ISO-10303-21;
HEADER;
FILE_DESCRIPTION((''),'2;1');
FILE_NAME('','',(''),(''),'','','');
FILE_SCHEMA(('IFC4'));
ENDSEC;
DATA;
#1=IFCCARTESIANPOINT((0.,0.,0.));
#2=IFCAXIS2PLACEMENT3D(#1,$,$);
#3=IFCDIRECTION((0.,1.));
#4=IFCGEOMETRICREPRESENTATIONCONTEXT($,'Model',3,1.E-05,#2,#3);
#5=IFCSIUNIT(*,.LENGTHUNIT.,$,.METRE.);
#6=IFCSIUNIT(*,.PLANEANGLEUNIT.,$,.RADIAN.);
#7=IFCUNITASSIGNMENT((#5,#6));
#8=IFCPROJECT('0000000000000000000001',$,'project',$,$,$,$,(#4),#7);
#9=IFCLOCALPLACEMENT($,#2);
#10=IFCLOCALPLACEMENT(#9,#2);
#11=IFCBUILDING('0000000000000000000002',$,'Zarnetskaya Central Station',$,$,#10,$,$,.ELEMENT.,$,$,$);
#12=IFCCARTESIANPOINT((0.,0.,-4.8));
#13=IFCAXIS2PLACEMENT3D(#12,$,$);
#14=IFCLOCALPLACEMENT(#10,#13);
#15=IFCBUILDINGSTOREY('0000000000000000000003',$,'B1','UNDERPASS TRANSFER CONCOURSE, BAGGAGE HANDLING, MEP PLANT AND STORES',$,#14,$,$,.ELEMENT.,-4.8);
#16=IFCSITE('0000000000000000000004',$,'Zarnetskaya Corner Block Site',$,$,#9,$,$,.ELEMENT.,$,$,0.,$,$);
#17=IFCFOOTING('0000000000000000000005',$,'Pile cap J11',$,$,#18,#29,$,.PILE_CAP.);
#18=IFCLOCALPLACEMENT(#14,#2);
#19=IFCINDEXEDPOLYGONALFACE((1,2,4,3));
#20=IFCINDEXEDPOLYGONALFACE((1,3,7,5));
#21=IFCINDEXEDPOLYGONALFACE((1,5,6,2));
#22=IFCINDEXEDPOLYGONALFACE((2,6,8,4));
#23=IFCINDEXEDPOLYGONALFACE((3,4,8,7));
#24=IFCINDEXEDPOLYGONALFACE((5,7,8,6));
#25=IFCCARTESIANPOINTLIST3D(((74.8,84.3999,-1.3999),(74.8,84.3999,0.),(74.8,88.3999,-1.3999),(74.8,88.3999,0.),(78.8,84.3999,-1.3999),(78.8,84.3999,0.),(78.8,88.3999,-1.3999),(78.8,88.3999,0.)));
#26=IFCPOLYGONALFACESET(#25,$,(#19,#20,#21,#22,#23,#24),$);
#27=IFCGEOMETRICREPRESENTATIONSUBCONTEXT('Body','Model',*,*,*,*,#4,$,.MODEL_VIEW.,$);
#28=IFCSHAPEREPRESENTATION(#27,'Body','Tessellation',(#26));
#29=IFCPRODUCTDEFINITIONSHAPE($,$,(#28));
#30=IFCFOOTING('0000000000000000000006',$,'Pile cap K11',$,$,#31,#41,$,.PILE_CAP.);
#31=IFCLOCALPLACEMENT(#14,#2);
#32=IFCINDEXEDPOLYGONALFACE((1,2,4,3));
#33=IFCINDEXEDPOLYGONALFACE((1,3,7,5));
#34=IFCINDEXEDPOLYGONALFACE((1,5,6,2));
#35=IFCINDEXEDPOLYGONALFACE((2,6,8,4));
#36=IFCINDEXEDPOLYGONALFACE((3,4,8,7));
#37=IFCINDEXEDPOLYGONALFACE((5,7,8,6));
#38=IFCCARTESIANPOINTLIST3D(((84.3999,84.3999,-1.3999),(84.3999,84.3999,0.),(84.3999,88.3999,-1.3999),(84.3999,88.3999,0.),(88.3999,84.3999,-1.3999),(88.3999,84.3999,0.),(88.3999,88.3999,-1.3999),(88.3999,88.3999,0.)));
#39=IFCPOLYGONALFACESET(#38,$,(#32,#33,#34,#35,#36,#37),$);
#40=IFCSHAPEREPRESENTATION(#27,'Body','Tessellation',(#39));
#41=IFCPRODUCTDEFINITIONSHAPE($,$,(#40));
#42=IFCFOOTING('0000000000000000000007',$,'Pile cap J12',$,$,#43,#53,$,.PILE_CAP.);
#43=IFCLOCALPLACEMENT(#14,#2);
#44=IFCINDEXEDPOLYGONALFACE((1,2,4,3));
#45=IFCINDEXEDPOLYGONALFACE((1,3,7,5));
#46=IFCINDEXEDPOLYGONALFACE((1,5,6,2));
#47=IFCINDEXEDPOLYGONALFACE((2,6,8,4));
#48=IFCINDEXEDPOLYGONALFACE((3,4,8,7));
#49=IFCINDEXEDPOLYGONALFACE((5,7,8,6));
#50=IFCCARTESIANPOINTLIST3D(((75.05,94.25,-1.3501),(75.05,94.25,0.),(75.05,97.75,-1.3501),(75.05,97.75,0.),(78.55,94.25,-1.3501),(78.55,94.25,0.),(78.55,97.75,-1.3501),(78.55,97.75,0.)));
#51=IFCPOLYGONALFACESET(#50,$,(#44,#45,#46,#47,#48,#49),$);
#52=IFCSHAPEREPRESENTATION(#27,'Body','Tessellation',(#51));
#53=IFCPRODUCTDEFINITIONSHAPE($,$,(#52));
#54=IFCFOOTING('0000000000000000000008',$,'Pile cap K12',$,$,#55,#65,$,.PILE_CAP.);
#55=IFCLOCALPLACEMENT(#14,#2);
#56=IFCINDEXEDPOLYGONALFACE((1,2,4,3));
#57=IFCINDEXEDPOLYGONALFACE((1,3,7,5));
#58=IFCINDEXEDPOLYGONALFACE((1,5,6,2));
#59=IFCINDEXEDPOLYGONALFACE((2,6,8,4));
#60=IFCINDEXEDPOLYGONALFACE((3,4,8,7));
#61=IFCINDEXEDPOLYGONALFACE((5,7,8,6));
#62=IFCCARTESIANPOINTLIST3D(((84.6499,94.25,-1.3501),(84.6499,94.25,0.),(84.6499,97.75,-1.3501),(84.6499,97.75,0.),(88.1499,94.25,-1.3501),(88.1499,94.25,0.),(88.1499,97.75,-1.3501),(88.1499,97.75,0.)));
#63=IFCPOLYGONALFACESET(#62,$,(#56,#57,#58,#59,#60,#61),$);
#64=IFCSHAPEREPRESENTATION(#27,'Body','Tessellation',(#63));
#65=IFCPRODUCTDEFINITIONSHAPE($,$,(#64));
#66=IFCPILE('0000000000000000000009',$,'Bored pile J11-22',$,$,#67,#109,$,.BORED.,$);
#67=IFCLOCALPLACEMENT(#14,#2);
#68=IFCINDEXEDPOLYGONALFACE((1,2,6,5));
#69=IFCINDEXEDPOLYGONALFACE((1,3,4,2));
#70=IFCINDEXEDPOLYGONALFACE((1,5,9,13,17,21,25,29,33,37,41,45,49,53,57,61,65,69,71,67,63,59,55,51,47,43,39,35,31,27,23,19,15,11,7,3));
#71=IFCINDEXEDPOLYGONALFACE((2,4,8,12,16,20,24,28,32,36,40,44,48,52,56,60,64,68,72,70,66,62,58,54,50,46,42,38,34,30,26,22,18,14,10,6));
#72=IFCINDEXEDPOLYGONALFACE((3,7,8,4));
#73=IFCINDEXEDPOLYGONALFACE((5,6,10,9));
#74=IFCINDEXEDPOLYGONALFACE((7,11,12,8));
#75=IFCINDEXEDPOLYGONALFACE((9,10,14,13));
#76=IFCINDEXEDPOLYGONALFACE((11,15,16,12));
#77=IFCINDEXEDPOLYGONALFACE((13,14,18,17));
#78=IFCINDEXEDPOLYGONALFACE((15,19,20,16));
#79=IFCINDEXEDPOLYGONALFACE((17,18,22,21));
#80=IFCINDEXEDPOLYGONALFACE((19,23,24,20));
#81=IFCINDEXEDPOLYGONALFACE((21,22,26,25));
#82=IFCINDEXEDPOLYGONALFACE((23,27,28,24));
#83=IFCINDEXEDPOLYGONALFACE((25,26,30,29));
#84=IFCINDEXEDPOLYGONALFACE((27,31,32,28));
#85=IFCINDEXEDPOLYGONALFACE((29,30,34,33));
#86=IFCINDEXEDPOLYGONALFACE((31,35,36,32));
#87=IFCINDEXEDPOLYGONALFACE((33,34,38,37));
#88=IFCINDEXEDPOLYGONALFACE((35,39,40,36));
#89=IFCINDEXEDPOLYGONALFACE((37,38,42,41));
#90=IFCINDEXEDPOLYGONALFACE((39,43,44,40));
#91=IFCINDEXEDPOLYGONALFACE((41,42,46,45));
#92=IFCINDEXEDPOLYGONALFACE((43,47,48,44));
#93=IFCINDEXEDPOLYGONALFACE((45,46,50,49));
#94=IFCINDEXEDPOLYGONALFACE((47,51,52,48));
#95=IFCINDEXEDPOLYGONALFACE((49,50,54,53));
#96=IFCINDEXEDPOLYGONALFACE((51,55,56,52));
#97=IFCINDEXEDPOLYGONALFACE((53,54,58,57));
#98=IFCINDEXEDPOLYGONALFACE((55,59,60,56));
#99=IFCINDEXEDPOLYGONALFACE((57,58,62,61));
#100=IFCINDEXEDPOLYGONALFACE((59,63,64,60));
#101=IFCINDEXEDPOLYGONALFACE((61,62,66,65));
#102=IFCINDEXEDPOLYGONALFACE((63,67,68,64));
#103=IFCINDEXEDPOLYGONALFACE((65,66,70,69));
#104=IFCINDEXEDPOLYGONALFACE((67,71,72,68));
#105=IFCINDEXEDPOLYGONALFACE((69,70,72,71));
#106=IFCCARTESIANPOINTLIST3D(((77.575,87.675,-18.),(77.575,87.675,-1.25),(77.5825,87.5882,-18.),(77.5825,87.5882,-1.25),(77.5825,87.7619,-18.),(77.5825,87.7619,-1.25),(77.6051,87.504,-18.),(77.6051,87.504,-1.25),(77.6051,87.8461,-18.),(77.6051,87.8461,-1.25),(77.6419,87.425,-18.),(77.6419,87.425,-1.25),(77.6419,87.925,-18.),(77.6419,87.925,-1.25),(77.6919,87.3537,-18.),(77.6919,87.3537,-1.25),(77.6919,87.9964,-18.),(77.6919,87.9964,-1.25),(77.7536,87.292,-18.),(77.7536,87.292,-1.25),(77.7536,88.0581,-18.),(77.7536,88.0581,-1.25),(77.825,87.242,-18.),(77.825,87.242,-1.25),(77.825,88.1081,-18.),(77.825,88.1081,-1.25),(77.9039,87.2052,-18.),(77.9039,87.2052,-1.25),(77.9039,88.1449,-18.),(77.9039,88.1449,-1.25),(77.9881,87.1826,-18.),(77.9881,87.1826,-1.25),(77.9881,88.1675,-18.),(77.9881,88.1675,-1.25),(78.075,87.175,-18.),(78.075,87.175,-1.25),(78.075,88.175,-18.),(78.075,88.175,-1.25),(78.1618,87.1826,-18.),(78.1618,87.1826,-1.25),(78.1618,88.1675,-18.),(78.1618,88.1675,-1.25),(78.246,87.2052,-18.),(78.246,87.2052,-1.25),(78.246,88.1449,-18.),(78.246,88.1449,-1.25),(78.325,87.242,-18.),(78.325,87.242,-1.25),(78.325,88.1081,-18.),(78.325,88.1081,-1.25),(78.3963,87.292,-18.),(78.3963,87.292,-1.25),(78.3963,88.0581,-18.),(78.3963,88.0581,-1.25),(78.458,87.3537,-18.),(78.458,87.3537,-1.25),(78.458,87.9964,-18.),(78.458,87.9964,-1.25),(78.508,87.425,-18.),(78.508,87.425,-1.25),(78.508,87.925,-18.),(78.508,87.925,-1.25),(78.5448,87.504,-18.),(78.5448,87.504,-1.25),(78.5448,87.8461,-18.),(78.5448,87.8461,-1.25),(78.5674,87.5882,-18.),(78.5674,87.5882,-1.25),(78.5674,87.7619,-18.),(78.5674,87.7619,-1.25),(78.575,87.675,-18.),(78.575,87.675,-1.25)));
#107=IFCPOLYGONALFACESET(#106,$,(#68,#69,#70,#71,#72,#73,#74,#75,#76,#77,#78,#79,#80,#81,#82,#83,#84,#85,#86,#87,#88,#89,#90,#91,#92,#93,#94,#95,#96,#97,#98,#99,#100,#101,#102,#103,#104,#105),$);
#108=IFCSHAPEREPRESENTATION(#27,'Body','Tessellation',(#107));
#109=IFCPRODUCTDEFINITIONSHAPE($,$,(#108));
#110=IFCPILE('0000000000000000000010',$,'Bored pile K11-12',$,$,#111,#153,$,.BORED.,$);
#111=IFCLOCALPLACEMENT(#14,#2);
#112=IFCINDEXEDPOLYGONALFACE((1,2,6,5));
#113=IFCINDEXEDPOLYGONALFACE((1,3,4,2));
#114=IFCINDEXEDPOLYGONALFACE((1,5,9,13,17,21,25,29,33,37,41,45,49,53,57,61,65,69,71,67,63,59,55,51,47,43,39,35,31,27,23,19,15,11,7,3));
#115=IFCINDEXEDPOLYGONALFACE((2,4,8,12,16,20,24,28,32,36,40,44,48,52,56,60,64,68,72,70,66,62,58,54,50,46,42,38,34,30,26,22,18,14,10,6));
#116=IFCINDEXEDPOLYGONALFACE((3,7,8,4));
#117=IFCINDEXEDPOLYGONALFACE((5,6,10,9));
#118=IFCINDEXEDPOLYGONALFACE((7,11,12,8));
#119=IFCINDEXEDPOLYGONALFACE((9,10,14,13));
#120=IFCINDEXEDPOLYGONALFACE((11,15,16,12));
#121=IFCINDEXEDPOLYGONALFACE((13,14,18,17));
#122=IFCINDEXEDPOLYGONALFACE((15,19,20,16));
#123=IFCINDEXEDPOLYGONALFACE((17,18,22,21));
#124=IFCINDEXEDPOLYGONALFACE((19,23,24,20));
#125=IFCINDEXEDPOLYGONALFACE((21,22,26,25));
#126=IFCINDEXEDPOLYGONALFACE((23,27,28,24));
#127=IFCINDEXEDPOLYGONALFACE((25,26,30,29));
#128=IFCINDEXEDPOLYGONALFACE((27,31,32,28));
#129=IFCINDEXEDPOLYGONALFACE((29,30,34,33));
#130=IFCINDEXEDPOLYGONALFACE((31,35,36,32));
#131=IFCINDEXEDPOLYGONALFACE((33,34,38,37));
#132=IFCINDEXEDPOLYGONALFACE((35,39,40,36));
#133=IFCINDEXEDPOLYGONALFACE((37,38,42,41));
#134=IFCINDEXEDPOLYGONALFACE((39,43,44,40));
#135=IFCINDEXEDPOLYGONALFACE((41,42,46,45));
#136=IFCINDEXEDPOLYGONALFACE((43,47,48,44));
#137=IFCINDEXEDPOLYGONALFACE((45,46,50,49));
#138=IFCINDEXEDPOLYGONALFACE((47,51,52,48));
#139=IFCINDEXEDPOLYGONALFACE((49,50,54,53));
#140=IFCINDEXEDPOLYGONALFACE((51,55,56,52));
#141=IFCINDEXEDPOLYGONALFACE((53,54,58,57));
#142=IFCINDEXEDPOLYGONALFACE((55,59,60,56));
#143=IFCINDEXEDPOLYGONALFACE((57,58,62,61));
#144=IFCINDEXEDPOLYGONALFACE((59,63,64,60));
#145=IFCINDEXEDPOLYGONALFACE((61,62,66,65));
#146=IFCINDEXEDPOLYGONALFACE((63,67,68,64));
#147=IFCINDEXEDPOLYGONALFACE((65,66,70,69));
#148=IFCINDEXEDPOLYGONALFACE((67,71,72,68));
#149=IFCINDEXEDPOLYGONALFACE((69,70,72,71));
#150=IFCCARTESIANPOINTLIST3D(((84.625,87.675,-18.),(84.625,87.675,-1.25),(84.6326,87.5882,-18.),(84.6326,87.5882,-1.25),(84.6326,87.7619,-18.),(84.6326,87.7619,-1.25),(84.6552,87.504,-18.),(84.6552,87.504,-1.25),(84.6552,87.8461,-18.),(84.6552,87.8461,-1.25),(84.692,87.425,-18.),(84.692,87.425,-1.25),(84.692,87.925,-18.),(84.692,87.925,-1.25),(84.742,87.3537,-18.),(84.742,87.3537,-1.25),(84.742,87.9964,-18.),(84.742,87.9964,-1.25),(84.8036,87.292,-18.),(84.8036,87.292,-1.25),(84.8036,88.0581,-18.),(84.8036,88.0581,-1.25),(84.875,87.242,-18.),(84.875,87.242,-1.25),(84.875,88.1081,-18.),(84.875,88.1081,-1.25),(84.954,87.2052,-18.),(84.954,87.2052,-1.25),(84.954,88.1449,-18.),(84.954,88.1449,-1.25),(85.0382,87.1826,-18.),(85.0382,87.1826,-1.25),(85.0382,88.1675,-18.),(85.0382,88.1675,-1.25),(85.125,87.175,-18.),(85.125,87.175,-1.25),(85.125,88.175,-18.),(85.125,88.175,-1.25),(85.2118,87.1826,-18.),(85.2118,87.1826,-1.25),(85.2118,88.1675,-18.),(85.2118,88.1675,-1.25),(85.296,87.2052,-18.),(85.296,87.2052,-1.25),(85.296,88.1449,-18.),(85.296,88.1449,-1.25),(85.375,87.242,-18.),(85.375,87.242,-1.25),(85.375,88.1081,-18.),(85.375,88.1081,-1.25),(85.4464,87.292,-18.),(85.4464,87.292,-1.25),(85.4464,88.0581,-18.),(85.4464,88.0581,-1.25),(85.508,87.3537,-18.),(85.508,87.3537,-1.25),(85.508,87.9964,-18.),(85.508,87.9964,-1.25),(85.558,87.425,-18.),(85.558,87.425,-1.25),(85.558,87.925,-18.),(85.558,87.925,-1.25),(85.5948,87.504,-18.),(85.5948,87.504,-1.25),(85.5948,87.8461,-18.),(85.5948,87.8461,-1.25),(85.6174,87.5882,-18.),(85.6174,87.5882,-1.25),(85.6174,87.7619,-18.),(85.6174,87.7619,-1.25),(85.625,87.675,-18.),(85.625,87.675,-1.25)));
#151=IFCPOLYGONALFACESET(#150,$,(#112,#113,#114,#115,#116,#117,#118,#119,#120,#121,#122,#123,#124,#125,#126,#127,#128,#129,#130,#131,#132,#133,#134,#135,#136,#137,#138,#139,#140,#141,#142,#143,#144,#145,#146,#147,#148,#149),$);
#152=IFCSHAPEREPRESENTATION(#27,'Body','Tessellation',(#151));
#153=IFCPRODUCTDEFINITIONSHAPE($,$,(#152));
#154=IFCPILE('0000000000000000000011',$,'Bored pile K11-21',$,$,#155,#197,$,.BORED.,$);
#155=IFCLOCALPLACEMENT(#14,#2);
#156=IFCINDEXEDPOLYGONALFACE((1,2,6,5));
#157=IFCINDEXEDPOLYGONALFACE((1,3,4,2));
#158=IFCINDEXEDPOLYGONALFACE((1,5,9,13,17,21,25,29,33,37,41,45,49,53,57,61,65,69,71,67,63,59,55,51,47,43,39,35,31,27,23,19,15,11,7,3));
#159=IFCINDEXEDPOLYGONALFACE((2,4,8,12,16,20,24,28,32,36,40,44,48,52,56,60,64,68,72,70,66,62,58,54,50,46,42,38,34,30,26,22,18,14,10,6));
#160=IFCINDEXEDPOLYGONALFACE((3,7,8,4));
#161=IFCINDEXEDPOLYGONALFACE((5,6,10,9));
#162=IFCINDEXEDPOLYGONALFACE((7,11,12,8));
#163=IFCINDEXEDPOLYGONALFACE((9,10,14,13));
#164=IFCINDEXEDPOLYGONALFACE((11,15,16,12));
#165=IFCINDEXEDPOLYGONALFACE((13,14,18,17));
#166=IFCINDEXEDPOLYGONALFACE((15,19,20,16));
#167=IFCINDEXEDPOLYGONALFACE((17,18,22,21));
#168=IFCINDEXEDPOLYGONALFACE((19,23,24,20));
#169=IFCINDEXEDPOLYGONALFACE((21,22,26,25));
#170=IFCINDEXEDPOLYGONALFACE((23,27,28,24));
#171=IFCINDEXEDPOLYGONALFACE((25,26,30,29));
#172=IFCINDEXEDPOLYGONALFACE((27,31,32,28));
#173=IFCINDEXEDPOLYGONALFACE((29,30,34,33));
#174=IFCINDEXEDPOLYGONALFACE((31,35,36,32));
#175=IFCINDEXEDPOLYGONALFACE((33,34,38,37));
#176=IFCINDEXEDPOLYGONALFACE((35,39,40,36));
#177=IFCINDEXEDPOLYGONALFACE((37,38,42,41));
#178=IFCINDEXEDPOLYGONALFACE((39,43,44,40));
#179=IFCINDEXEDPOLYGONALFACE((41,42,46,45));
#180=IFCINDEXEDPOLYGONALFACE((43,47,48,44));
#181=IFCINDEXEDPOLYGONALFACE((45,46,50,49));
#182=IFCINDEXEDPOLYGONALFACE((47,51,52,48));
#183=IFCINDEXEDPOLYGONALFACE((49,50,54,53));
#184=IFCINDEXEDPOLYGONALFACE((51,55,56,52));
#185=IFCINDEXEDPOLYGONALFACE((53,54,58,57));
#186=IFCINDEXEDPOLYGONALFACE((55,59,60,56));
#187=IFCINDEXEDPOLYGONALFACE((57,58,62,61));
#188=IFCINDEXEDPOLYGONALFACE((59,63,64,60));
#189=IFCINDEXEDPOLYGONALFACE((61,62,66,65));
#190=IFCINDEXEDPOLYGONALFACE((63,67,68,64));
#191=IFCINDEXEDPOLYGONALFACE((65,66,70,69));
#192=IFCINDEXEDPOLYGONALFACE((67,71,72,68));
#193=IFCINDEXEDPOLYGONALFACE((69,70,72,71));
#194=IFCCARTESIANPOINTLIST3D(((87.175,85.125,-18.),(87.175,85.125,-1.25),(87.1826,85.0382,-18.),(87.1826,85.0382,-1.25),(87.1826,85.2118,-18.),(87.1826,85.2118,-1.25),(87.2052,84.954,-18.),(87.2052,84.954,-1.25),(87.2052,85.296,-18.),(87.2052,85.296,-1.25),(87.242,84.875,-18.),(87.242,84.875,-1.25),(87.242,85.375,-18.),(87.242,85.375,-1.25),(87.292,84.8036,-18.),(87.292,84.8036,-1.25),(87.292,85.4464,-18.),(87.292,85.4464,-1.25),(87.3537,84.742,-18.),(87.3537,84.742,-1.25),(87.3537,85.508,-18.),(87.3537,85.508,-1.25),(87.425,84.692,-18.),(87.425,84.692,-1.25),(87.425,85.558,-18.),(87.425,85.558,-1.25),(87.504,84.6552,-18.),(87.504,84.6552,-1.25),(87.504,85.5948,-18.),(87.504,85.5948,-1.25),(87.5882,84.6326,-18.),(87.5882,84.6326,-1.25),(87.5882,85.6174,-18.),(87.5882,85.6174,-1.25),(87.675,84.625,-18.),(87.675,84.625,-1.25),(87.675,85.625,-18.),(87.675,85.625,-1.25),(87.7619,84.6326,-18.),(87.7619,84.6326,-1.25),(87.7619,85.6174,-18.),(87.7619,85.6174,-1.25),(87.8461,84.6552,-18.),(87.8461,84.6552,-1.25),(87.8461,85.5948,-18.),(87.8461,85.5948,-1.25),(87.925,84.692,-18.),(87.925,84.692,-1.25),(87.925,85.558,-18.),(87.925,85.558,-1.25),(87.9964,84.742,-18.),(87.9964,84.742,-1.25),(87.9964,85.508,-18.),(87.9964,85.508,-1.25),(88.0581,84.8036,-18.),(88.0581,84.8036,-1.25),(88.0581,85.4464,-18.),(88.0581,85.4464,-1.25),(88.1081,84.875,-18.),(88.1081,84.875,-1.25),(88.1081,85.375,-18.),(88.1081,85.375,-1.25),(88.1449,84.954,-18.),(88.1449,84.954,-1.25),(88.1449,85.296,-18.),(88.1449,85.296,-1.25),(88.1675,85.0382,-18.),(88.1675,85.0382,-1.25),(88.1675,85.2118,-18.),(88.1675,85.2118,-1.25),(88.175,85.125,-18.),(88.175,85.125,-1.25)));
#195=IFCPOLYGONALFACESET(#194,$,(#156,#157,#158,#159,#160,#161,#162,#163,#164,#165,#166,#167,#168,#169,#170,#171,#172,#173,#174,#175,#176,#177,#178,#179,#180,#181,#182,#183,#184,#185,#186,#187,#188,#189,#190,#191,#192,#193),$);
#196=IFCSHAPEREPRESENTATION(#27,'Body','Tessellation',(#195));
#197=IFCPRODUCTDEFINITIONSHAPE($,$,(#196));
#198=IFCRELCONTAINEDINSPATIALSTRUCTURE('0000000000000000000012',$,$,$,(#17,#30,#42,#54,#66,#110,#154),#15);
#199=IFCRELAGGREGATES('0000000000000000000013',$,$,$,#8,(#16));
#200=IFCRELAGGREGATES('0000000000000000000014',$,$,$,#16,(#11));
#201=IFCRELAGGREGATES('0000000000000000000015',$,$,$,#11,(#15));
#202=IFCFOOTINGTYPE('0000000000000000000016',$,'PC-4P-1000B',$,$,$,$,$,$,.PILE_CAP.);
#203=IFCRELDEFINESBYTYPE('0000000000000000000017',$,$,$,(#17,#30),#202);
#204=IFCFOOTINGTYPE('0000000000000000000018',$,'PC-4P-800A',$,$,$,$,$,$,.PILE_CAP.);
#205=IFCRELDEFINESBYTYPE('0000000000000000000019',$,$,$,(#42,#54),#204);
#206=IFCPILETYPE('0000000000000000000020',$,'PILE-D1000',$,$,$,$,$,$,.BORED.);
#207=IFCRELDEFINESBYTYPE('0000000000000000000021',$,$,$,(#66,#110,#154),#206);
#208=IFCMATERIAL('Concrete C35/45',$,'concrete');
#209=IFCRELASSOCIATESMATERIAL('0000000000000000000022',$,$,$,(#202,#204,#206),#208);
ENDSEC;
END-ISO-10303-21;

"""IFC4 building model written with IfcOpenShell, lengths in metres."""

from ifc_helpers import new_model, si_unit, direction, frame, origin, origin_2d, place, context, subcontext, project, spatial, rectangle, circle, extrude, material, material_profile, profile_set, type_object, element, save


model = new_model("IFC4")

# Units and contexts
model_context = context("Model", 3, precision=1e-05, world=origin(), true_north=direction((0.0, 1.0)))
body_context = subcontext(model_context, "Body", "Model", "MODEL_VIEW")
ifc_project = project(units=[si_unit("LENGTHUNIT", "METRE"), si_unit("PLANEANGLEUNIT", "RADIAN")], contexts=[model_context])

# Site, building, storey
site_placement = place(None, origin())
site = spatial("IfcSite", under=ifc_project, at=site_placement, Name="Zarnetskaya Corner Block Site", CompositionType="ELEMENT", RefElevation=0.0)
building_placement = place(site_placement, origin())
building = spatial("IfcBuilding", under=site, at=building_placement, Name="Zarnetskaya Central Station", CompositionType="ELEMENT")
storey_placement = place(building_placement, frame((0.0, 0.0, -4.8)))
storey = spatial("IfcBuildingStorey", under=building, at=storey_placement, Name="B1", Description="UNDERPASS TRANSFER CONCOURSE, BAGGAGE HANDLING, MEP PLANT AND STORES", CompositionType="ELEMENT", Elevation=-4.8)

# Footings
ifc_material = material(Name="Concrete C35/45", Category="concrete")
footing_type_1 = type_object("IfcFootingType", Name="PC-4P-1000B", PredefinedType="PILE_CAP", material=ifc_material)
for number, where, z_axis, x_axis, name in (
    (1, (76.8, 86.3999, -1.3999), (0.0, 0.0, 1.0), (1.0, 0.0, 0.0), "Pile cap J11"),
    (2, (86.3999, 86.3999, -1.3999), (0.0, 0.0, 1.0), (1.0, 0.0, 0.0), "Pile cap K11"),
):
    element("IfcFooting", number, at=place(storey_placement, frame(where, z_axis=z_axis, x_axis=x_axis)), inside=storey, type_object=footing_type_1, Name=name, PredefinedType="PILE_CAP", context=body_context, shape_type="SweptSolid", body=[
        extrude(rectangle(XDim=4.0, YDim=4.0, at=origin_2d()), origin(), (0.0, 0.0, 1.0), 1.3999),
    ])
footing_type_2 = type_object("IfcFootingType", Name="PC-4P-800A", PredefinedType="PILE_CAP", material=ifc_material)
for number, where, z_axis, x_axis, name in (
    (3, (76.8, 96.0, -1.3501), (0.0, 0.0, 1.0), (1.0, 0.0, 0.0), "Pile cap J12"),
    (4, (86.3999, 96.0, -1.3501), (0.0, 0.0, 1.0), (1.0, 0.0, 0.0), "Pile cap K12"),
):
    element("IfcFooting", number, at=place(storey_placement, frame(where, z_axis=z_axis, x_axis=x_axis)), inside=storey, type_object=footing_type_2, Name=name, PredefinedType="PILE_CAP", context=body_context, shape_type="SweptSolid", body=[
        extrude(rectangle(XDim=3.5, YDim=3.5, at=origin_2d()), origin(), (0.0, 0.0, 1.0), 1.3501),
    ])

# Piles
ifc_material_profile_1 = material_profile(ifc_material, circle(Radius=0.5, at=origin_2d()), Name="BORED PILE D1000")
ifc_profile_set_1 = profile_set([ifc_material_profile_1], Name="Concrete C35/45")
pile_type_1 = type_object("IfcPileType", Name="PILE-D1000", PredefinedType="BORED", material=ifc_profile_set_1)
for number, where, z_axis, x_axis, name in (
    (5, (78.075, 87.675, -1.25), (0.0, 0.0, -1.0), (1.0, 0.0, 0.0), "Bored pile J11-22"),
    (6, (85.125, 87.675, -1.25), (0.0, 0.0, -1.0), (1.0, 0.0, 0.0), "Bored pile K11-12"),
    (7, (87.675, 85.125, -1.25), (0.0, 0.0, -1.0), (1.0, 0.0, 0.0), "Bored pile K11-21"),
):
    element("IfcPile", number, at=place(storey_placement, frame(where, z_axis=z_axis, x_axis=x_axis)), inside=storey, type_object=pile_type_1, Name=name, PredefinedType="BORED", context=body_context, shape_type="SweptSolid", body=[
        extrude(circle(Radius=0.5, at=origin_2d()), origin(), (0.0, 0.0, 1.0), 16.75),
    ])

save(model, "model.ifc")
